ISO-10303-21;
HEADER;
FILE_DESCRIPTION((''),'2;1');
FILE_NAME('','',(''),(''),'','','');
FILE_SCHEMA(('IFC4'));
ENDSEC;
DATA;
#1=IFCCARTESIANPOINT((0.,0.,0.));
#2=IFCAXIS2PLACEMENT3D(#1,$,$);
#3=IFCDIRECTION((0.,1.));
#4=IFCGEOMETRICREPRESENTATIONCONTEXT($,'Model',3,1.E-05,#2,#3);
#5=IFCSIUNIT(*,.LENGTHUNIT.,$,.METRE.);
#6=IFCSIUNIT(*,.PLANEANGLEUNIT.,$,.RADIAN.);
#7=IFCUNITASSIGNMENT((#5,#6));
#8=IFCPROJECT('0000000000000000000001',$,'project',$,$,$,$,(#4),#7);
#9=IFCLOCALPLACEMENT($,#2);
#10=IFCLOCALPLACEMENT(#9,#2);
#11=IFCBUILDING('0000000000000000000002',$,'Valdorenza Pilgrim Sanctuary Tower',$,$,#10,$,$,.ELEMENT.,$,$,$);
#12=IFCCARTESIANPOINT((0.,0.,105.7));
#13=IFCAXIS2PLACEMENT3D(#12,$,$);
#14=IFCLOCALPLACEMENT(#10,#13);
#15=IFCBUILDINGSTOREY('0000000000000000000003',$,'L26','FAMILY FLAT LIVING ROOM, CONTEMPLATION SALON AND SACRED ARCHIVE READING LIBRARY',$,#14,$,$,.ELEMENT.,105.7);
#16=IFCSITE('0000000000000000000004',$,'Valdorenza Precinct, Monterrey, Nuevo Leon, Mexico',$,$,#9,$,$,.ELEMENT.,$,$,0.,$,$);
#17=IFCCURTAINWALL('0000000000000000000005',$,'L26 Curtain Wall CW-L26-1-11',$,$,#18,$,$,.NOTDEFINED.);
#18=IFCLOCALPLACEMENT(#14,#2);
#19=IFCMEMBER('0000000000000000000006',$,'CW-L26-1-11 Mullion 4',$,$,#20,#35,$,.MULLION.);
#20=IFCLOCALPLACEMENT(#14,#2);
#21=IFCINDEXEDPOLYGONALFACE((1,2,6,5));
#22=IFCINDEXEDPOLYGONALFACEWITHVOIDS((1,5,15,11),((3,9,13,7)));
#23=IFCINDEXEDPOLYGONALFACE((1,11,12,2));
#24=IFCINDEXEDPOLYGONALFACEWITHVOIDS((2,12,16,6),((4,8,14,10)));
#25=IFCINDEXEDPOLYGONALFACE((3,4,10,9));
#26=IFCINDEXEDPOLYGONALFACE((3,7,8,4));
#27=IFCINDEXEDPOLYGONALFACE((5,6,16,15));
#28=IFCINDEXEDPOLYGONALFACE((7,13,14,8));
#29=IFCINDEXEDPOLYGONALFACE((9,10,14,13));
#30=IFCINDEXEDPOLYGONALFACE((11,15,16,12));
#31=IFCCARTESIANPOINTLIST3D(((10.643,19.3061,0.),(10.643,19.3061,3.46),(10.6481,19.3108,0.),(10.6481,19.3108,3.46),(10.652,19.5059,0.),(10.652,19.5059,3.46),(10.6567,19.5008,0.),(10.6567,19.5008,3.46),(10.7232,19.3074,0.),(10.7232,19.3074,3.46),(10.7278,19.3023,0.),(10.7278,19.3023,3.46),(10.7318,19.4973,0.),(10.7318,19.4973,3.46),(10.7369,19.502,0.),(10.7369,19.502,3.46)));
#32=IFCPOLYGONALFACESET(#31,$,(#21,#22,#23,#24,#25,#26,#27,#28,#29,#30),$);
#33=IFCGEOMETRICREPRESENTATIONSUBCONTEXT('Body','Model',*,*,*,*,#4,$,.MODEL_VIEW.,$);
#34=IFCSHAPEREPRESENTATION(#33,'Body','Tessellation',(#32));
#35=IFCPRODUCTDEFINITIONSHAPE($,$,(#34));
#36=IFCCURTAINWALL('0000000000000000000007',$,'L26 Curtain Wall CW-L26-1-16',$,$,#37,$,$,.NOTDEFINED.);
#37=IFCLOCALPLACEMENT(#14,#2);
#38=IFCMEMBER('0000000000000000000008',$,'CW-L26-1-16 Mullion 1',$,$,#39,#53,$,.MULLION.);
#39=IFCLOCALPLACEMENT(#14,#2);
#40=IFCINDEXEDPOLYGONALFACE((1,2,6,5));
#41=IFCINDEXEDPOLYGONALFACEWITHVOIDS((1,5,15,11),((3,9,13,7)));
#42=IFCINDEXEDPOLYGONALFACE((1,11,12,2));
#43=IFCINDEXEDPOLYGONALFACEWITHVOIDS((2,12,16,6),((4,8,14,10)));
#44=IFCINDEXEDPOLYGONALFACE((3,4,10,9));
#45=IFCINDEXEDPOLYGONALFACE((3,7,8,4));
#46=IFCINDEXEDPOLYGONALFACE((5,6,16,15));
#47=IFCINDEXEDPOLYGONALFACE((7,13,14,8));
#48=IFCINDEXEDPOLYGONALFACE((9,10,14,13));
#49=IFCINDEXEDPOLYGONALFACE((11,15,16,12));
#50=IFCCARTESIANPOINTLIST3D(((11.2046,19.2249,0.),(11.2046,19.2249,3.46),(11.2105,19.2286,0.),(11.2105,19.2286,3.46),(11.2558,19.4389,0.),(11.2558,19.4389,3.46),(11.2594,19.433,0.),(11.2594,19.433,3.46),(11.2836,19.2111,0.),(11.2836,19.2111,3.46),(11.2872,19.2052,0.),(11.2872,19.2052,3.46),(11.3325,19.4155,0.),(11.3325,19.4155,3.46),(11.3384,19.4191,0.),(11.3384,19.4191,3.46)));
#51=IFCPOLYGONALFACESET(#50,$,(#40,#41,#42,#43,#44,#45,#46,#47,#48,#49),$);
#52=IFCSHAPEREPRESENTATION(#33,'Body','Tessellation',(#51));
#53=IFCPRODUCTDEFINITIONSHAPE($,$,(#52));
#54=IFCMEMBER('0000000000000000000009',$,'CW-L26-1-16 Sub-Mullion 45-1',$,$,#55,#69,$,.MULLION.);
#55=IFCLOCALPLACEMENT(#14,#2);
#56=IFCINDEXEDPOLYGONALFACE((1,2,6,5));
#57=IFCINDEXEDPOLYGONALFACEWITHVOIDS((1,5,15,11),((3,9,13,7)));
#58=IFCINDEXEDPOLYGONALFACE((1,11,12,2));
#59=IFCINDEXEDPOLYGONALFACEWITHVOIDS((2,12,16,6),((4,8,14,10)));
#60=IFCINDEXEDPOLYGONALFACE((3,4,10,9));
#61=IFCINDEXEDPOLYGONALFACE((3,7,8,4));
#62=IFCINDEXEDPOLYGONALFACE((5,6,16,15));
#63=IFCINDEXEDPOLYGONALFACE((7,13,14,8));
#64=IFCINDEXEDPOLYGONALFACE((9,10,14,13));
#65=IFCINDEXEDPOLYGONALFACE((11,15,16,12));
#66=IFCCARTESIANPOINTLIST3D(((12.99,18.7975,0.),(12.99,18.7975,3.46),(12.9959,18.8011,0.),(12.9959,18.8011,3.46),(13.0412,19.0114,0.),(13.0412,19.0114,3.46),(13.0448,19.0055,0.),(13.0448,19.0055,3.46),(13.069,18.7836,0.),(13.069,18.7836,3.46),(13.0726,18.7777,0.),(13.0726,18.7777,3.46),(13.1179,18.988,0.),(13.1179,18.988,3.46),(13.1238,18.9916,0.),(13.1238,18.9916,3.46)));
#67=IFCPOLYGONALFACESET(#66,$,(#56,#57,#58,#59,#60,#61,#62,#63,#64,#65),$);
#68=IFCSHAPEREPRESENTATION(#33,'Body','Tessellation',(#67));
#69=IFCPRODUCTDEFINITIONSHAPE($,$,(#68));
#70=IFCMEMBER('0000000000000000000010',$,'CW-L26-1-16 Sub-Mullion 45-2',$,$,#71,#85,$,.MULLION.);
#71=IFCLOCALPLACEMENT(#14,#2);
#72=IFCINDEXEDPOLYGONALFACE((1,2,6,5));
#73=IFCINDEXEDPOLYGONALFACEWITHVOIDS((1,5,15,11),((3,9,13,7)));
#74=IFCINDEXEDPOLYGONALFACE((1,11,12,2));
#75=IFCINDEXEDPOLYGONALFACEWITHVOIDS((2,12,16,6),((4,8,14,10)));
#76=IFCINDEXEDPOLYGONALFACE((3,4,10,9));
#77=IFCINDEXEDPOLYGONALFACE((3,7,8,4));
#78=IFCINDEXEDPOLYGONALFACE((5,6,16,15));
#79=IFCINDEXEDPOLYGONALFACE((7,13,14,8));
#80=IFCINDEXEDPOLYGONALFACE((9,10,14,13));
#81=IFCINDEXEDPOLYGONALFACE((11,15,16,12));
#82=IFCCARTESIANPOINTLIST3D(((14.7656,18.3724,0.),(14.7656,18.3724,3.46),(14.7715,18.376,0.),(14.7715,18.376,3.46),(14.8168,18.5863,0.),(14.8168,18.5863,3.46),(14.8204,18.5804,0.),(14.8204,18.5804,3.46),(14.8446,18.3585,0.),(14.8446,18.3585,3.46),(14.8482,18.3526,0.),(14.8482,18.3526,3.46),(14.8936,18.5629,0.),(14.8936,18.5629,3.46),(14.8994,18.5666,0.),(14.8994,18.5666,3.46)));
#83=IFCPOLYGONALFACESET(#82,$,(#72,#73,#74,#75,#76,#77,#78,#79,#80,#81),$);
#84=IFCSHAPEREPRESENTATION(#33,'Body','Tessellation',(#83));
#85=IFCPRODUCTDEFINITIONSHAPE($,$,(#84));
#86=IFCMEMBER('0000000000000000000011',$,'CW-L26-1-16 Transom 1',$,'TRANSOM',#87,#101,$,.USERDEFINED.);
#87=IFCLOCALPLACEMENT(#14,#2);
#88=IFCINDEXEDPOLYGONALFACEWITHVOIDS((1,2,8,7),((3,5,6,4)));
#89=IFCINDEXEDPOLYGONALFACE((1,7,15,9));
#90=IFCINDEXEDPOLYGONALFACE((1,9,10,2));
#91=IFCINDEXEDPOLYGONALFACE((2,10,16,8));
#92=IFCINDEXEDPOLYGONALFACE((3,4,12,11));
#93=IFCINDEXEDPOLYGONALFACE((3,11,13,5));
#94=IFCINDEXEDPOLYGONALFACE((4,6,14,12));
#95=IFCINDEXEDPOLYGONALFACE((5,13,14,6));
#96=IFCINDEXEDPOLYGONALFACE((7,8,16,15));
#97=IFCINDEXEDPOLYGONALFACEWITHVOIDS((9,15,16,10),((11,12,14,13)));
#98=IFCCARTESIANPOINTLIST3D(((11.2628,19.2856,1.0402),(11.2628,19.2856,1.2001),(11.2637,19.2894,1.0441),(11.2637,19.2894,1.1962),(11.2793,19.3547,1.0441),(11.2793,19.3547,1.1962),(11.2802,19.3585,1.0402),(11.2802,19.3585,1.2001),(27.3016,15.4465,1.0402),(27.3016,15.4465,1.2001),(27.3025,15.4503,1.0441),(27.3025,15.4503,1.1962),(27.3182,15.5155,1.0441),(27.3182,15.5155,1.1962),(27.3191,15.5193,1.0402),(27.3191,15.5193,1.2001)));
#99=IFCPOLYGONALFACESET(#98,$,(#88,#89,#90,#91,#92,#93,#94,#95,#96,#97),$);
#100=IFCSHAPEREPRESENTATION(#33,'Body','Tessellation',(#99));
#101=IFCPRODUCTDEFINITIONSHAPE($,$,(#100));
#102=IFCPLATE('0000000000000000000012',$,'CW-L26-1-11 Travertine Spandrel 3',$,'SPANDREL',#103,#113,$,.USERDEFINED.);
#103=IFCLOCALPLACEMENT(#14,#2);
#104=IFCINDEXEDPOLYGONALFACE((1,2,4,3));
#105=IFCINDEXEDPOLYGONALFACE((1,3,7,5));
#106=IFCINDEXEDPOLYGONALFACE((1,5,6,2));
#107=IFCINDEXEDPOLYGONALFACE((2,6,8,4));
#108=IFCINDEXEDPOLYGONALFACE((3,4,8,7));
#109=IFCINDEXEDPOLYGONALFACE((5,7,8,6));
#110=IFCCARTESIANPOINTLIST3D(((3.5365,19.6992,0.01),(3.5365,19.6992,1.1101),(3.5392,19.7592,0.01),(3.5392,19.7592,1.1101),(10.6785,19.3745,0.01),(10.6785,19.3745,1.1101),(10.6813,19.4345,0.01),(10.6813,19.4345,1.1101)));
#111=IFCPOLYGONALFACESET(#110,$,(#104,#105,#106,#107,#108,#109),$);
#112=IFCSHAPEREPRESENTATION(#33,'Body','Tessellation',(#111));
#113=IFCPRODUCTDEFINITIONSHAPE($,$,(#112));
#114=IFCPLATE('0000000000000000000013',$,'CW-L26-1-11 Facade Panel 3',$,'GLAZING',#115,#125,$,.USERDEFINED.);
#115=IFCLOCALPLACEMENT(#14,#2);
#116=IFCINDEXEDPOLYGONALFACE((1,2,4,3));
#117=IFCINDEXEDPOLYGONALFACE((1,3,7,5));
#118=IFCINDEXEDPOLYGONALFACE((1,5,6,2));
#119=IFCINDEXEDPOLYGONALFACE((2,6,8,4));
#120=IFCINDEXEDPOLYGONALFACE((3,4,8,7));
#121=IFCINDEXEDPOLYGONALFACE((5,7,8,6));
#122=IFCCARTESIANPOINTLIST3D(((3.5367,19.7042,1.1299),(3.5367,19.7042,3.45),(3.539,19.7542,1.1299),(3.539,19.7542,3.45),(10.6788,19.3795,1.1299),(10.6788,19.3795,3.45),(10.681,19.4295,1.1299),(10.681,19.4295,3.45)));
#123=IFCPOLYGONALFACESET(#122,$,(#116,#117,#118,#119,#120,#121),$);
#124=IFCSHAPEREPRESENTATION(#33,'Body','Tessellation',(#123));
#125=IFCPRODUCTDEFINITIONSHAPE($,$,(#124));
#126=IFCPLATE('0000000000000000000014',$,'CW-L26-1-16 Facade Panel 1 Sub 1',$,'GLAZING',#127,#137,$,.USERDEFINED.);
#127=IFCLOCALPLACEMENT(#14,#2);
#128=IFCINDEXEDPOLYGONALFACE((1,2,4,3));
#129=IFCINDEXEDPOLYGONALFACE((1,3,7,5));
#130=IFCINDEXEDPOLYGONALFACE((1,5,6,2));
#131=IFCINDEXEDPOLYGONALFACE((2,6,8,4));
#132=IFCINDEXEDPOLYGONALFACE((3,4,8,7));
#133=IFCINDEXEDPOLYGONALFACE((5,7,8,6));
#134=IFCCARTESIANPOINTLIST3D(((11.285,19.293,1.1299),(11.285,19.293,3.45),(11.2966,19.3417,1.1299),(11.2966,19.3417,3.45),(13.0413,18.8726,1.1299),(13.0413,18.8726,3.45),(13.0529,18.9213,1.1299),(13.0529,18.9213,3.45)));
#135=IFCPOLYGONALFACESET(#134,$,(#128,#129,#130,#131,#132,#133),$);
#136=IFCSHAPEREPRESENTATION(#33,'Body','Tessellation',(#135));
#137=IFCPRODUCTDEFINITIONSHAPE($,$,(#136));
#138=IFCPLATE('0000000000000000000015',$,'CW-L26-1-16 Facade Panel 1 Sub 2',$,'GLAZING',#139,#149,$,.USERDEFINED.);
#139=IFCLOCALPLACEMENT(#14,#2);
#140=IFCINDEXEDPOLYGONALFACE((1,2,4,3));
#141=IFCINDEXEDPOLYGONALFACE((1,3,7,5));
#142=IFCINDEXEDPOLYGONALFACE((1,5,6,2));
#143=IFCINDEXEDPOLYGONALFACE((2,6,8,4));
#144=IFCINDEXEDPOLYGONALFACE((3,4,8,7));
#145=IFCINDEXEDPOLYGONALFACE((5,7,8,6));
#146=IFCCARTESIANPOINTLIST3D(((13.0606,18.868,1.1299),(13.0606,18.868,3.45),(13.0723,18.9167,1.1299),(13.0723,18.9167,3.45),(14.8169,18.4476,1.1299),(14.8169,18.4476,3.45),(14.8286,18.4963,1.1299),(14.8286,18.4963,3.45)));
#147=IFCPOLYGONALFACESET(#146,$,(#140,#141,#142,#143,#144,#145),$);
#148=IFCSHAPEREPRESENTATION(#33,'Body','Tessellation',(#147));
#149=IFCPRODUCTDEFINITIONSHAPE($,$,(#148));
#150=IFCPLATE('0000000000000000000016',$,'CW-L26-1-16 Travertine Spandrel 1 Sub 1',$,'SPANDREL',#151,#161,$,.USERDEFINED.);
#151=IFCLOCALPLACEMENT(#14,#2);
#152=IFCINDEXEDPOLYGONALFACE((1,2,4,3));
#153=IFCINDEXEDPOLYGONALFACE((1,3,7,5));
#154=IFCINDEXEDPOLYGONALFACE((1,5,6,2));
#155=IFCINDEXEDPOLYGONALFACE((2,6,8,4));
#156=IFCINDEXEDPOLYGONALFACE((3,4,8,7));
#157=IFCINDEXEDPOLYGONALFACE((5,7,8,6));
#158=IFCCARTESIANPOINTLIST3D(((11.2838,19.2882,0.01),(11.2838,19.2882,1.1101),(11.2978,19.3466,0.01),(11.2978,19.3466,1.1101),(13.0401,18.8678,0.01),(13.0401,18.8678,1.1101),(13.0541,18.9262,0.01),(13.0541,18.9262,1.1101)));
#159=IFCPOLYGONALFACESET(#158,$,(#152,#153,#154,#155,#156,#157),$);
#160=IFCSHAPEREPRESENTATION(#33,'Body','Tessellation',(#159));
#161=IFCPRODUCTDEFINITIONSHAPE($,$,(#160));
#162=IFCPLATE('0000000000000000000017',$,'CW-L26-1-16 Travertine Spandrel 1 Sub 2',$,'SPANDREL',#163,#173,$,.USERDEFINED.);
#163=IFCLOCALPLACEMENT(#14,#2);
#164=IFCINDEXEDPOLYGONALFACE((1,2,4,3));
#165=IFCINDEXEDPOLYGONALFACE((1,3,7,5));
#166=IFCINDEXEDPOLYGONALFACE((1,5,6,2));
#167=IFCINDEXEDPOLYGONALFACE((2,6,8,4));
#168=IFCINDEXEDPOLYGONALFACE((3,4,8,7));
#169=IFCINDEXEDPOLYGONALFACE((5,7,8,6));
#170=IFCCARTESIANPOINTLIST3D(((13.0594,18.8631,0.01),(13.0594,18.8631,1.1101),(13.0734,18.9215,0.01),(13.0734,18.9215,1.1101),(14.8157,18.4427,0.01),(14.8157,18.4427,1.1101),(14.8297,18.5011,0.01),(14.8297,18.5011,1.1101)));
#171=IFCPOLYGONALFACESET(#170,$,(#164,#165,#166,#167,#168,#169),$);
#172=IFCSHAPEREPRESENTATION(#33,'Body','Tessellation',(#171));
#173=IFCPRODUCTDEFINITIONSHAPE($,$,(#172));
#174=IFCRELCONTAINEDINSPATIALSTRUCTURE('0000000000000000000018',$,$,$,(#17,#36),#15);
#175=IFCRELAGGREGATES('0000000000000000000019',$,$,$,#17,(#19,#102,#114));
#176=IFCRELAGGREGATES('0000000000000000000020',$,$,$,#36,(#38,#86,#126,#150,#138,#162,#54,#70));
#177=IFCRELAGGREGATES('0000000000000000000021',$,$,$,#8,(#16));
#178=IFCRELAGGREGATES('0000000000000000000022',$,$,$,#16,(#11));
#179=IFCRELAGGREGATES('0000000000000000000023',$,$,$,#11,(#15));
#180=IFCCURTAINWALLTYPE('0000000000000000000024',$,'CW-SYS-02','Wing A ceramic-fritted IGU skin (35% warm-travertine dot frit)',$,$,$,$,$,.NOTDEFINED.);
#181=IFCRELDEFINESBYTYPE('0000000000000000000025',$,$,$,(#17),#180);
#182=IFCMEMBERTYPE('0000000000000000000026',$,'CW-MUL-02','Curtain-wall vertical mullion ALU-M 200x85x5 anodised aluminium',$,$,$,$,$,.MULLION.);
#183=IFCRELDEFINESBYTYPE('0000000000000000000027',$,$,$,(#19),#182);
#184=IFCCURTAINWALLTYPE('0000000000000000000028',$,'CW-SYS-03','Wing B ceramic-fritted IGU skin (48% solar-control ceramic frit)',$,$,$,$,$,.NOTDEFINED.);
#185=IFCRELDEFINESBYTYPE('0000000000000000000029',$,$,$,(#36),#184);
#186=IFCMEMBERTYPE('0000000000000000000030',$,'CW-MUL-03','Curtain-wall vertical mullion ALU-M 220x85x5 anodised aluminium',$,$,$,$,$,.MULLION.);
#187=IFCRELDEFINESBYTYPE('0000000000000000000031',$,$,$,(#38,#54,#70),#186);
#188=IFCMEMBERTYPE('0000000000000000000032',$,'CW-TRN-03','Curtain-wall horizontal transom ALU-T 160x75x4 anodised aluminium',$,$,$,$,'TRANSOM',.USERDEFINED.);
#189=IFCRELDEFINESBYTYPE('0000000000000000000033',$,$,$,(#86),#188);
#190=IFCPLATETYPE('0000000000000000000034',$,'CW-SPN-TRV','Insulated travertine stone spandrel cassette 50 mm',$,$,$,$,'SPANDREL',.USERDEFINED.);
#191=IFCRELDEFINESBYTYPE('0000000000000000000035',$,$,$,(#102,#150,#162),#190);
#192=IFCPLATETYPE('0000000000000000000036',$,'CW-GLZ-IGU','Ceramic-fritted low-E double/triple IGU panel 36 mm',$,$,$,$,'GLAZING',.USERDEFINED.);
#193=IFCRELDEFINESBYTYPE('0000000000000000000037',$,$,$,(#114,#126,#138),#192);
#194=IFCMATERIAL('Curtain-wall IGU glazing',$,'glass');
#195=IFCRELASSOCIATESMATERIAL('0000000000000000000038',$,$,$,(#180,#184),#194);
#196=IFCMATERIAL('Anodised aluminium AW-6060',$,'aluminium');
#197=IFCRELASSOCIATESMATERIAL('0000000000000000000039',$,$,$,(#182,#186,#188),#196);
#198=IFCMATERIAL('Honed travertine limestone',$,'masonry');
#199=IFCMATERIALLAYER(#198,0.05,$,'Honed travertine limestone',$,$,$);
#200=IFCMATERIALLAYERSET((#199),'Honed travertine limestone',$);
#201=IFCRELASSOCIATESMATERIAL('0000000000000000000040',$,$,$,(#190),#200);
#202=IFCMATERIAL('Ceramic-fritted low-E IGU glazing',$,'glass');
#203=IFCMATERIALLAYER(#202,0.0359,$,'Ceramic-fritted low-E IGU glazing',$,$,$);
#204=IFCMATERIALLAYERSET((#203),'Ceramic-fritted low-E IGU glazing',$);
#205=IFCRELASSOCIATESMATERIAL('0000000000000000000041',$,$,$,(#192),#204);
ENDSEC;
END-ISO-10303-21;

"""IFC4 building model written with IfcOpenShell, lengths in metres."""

from ifc_helpers import new_model, si_unit, direction, frame, origin, origin_2d, place, context, subcontext, project, spatial, rectangle, hollow_rectangle, extrude, source, transform, mapped, material, layer, layer_set, material_profile, profile_set, type_object, element, aggregate, save


model = new_model("IFC4")

# Units and contexts
model_context = context("Model", 3, precision=1e-05, world=origin(), true_north=direction((0.0, 1.0)))
body_context = subcontext(model_context, "Body", "Model", "MODEL_VIEW")
ifc_project = project(units=[si_unit("LENGTHUNIT", "METRE"), si_unit("PLANEANGLEUNIT", "RADIAN")], contexts=[model_context])

# Site, building, storey
site_placement = place(None, origin())
site = spatial("IfcSite", under=ifc_project, at=site_placement, Name="Valdorenza Precinct, Monterrey, Nuevo Leon, Mexico", CompositionType="ELEMENT", RefElevation=0.0)
building_placement = place(site_placement, origin())
building = spatial("IfcBuilding", under=site, at=building_placement, Name="Valdorenza Pilgrim Sanctuary Tower", CompositionType="ELEMENT")
storey_placement = place(building_placement, frame((0.0, 0.0, 105.7)))
storey = spatial("IfcBuildingStorey", under=building, at=storey_placement, Name="L26", Description="FAMILY FLAT LIVING ROOM, CONTEMPLATION SALON AND SACRED ARCHIVE READING LIBRARY", CompositionType="ELEMENT", Elevation=105.7)

# Curtain wall, member
ifc_material_1 = material(Name="Curtain-wall IGU glazing", Category="glass")
curtain_wall_type_1 = type_object("IfcCurtainWallType", Name="CW-SYS-02", Description="Wing A ceramic-fritted IGU skin (35% warm-travertine dot frit)", PredefinedType="NOTDEFINED", material=ifc_material_1)
curtain_wall_1_placement = place(storey_placement, origin())
curtain_wall_1 = element("IfcCurtainWall", 1, at=curtain_wall_1_placement, inside=storey, type_object=curtain_wall_type_1, Name="L26 Curtain Wall CW-L26-1-11", PredefinedType="NOTDEFINED")
ifc_material_2 = material(Name="Anodised aluminium AW-6060", Category="aluminium")
ifc_material_profile_1 = material_profile(ifc_material_2, hollow_rectangle(XDim=0.085, YDim=0.2, WallThickness=0.0049, at=origin_2d()), Name="ALU-M 200x85x5")
ifc_profile_set_1 = profile_set([ifc_material_profile_1], Name="Anodised aluminium AW-6060")
member_type_1 = type_object("IfcMemberType", Name="CW-MUL-02", Description="Curtain-wall vertical mullion ALU-M 200x85x5 anodised aluminium", PredefinedType="MULLION", material=ifc_profile_set_1)
shared_shape_1 = source(origin(), body_context, "Body", "SweptSolid", [
    extrude(hollow_rectangle(XDim=0.085, YDim=0.2, WallThickness=0.0049, at=origin_2d()), origin(), (0.0, 0.0, 1.0), 3.46),
])
member_1_placement = place(storey_placement, frame((10.6899, 19.4041, 0.0), z_axis=(0.0, 0.0, 1.0), x_axis=(0.998968, -0.045415, 0.0)))
member_1 = element("IfcMember", 2, at=member_1_placement, type_object=member_type_1, Name="CW-L26-1-11 Mullion 4", PredefinedType="MULLION", context=body_context, shape_type="MappedRepresentation", body=[
    mapped(shared_shape_1, transform((0.0, 0.0, 0.0), x_axis=(1.0, 0.0, 0.0), y_axis=(0.0, 1.0, 0.0), z_axis=(0.0, 0.0, 1.0), scale=1.0)),
])

# Curtain wall, members
curtain_wall_type_2 = type_object("IfcCurtainWallType", Name="CW-SYS-03", Description="Wing B ceramic-fritted IGU skin (48% solar-control ceramic frit)", PredefinedType="NOTDEFINED", material=ifc_material_1)
curtain_wall_2_placement = place(storey_placement, origin())
curtain_wall_2 = element("IfcCurtainWall", 3, at=curtain_wall_2_placement, inside=storey, type_object=curtain_wall_type_2, Name="L26 Curtain Wall CW-L26-1-16", PredefinedType="NOTDEFINED")
ifc_material_profile_2 = material_profile(ifc_material_2, hollow_rectangle(XDim=0.085, YDim=0.22, WallThickness=0.0049, at=origin_2d()), Name="ALU-M 220x85x5")
ifc_profile_set_2 = profile_set([ifc_material_profile_2], Name="Anodised aluminium AW-6060")
member_type_2 = type_object("IfcMemberType", Name="CW-MUL-03", Description="Curtain-wall vertical mullion ALU-M 220x85x5 anodised aluminium", PredefinedType="MULLION", material=ifc_profile_set_2)
shared_shape_2 = source(origin(), body_context, "Body", "SweptSolid", [
    extrude(hollow_rectangle(XDim=0.085, YDim=0.22, WallThickness=0.0049, at=origin_2d()), origin(), (0.0, 0.0, 1.0), 3.46),
])
member_2_placement = place(storey_placement, frame((11.2715, 19.322, 0.0), z_axis=(0.0, 0.0, 1.0), x_axis=(0.972529, -0.232783, 0.0)))
member_2 = element("IfcMember", 4, at=member_2_placement, type_object=member_type_2, Name="CW-L26-1-16 Mullion 1", PredefinedType="MULLION", context=body_context, shape_type="MappedRepresentation", body=[
    mapped(shared_shape_2, transform((0.0, 0.0, 0.0), x_axis=(1.0, 0.0, 0.0), y_axis=(0.0, 1.0, 0.0), z_axis=(0.0, 0.0, 1.0), scale=1.0)),
])
member_3_placement = place(storey_placement, frame((13.0569, 18.8945, 0.0), z_axis=(0.0, 0.0, 1.0), x_axis=(0.972529, -0.232783, 0.0)))
member_3 = element("IfcMember", 5, at=member_3_placement, type_object=member_type_2, Name="CW-L26-1-16 Sub-Mullion 45-1", PredefinedType="MULLION", context=body_context, shape_type="MappedRepresentation", body=[
    mapped(shared_shape_2, transform((0.0, 0.0, 0.0), x_axis=(1.0, 0.0, 0.0), y_axis=(0.0, 1.0, 0.0), z_axis=(0.0, 0.0, 1.0), scale=1.0)),
])
member_4_placement = place(storey_placement, frame((14.8325, 18.4695, 0.0), z_axis=(0.0, 0.0, 1.0), x_axis=(0.972529, -0.232783, 0.0)))
member_4 = element("IfcMember", 6, at=member_4_placement, type_object=member_type_2, Name="CW-L26-1-16 Sub-Mullion 45-2", PredefinedType="MULLION", context=body_context, shape_type="MappedRepresentation", body=[
    mapped(shared_shape_2, transform((0.0, 0.0, 0.0), x_axis=(1.0, 0.0, 0.0), y_axis=(0.0, 1.0, 0.0), z_axis=(0.0, 0.0, 1.0), scale=1.0)),
])
ifc_material_profile_3 = material_profile(ifc_material_2, hollow_rectangle(XDim=0.075, YDim=0.1599, WallThickness=0.0039, at=origin_2d()), Name="ALU-T 160x75x4")
ifc_profile_set_3 = profile_set([ifc_material_profile_3], Name="Anodised aluminium AW-6060")
member_type_3 = type_object("IfcMemberType", Name="CW-TRN-03", Description="Curtain-wall horizontal transom ALU-T 160x75x4 anodised aluminium", ElementType="TRANSOM", PredefinedType="USERDEFINED", material=ifc_profile_set_3)
shared_shape_3 = source(origin(), body_context, "Body", "SweptSolid", [
    extrude(hollow_rectangle(XDim=0.075, YDim=0.1599, WallThickness=0.0039, at=origin_2d()), origin(), (0.0, 0.0, 1.0), 16.4919),
])
member_5_placement = place(storey_placement, frame((11.2715, 19.322, 1.1201), z_axis=(0.972528, -0.232788, 0.0), x_axis=(0.232788, 0.972528, 0.0)))
member_5 = element("IfcMember", 7, at=member_5_placement, type_object=member_type_3, Name="CW-L26-1-16 Transom 1", ObjectType="TRANSOM", PredefinedType="USERDEFINED", context=body_context, shape_type="MappedRepresentation", body=[
    mapped(shared_shape_3, transform((0.0, 0.0, 0.0), x_axis=(1.0, 0.0, 0.0), y_axis=(0.0, 1.0, 0.0), z_axis=(0.0, 0.0, 1.0), scale=1.0)),
])

# Plates
ifc_material_3 = material(Name="Honed travertine limestone", Category="masonry")
ifc_layer_1 = layer(ifc_material_3, 0.05, Name="Honed travertine limestone")
ifc_layer_set_1 = layer_set([ifc_layer_1], Name="Honed travertine limestone")
plate_type_1 = type_object("IfcPlateType", Name="CW-SPN-TRV", Description="Insulated travertine stone spandrel cassette 50 mm", ElementType="SPANDREL", PredefinedType="USERDEFINED", material=ifc_layer_set_1)
shared_shape_4 = source(origin(), body_context, "Body", "SweptSolid", [
    extrude(rectangle(XDim=7.1494, YDim=0.0601, at=origin_2d()), origin(), (0.0, 0.0, 1.0), 1.1001),
])
plate_1_placement = place(storey_placement, frame((7.1089, 19.5669, 0.01), z_axis=(0.0, 0.0, 1.0), x_axis=(0.998968, -0.045415, 0.0)))
plate_1 = element("IfcPlate", 8, at=plate_1_placement, type_object=plate_type_1, Name="CW-L26-1-11 Travertine Spandrel 3", ObjectType="SPANDREL", PredefinedType="USERDEFINED", context=body_context, shape_type="MappedRepresentation", body=[
    mapped(shared_shape_4, transform((0.0, 0.0, 0.0), x_axis=(1.0, 0.0, 0.0), y_axis=(0.0, 1.0, 0.0), z_axis=(0.0, 0.0, 1.0), scale=1.0)),
])
ifc_material_4 = material(Name="Ceramic-fritted low-E IGU glazing", Category="glass")
ifc_layer_2 = layer(ifc_material_4, 0.0359, Name="Ceramic-fritted low-E IGU glazing")
ifc_layer_set_2 = layer_set([ifc_layer_2], Name="Ceramic-fritted low-E IGU glazing")
plate_type_2 = type_object("IfcPlateType", Name="CW-GLZ-IGU", Description="Ceramic-fritted low-E double/triple IGU panel 36 mm", ElementType="GLAZING", PredefinedType="USERDEFINED", material=ifc_layer_set_2)
shared_shape_5 = source(origin(), body_context, "Body", "SweptSolid", [
    extrude(rectangle(XDim=7.1494, YDim=0.05, at=origin_2d()), origin(), (0.0, 0.0, 1.0), 2.3201),
])
plate_2_placement = place(storey_placement, frame((7.1089, 19.5669, 1.1299), z_axis=(0.0, 0.0, 1.0), x_axis=(0.998968, -0.045415, 0.0)))
plate_2 = element("IfcPlate", 9, at=plate_2_placement, type_object=plate_type_2, Name="CW-L26-1-11 Facade Panel 3", ObjectType="GLAZING", PredefinedType="USERDEFINED", context=body_context, shape_type="MappedRepresentation", body=[
    mapped(shared_shape_5, transform((0.0, 0.0, 0.0), x_axis=(1.0, 0.0, 0.0), y_axis=(0.0, 1.0, 0.0), z_axis=(0.0, 0.0, 1.0), scale=1.0)),
])
aggregate(curtain_wall_1, [member_1, plate_1, plate_2])
shared_shape_6 = source(origin(), body_context, "Body", "SweptSolid", [
    extrude(rectangle(XDim=1.8059, YDim=0.05, at=origin_2d()), origin(), (0.0, 0.0, 1.0), 2.3201),
])
plate_3_placement = place(storey_placement, frame((12.1689, 19.1072, 1.1299), z_axis=(0.0, 0.0, 1.0), x_axis=(0.972529, -0.232783, 0.0)))
plate_3 = element("IfcPlate", 10, at=plate_3_placement, type_object=plate_type_2, Name="CW-L26-1-16 Facade Panel 1 Sub 1", ObjectType="GLAZING", PredefinedType="USERDEFINED", context=body_context, shape_type="MappedRepresentation", body=[
    mapped(shared_shape_6, transform((0.0, 0.0, 0.0), x_axis=(1.0, 0.0, 0.0), y_axis=(0.0, 1.0, 0.0), z_axis=(0.0, 0.0, 1.0), scale=1.0)),
])
plate_4_placement = place(storey_placement, frame((13.9446, 18.6821, 1.1299), z_axis=(0.0, 0.0, 1.0), x_axis=(0.972529, -0.232783, 0.0)))
plate_4 = element("IfcPlate", 11, at=plate_4_placement, type_object=plate_type_2, Name="CW-L26-1-16 Facade Panel 1 Sub 2", ObjectType="GLAZING", PredefinedType="USERDEFINED", context=body_context, shape_type="MappedRepresentation", body=[
    mapped(shared_shape_6, transform((0.0, 0.0, 0.0), x_axis=(1.0, 0.0, 0.0), y_axis=(0.0, 1.0, 0.0), z_axis=(0.0, 0.0, 1.0), scale=1.0)),
])
shared_shape_7 = source(origin(), body_context, "Body", "SweptSolid", [
    extrude(rectangle(XDim=1.8059, YDim=0.0601, at=origin_2d()), origin(), (0.0, 0.0, 1.0), 1.1001),
])
plate_5_placement = place(storey_placement, frame((12.1689, 19.1072, 0.01), z_axis=(0.0, 0.0, 1.0), x_axis=(0.972529, -0.232783, 0.0)))
plate_5 = element("IfcPlate", 12, at=plate_5_placement, type_object=plate_type_1, Name="CW-L26-1-16 Travertine Spandrel 1 Sub 1", ObjectType="SPANDREL", PredefinedType="USERDEFINED", context=body_context, shape_type="MappedRepresentation", body=[
    mapped(shared_shape_7, transform((0.0, 0.0, 0.0), x_axis=(1.0, 0.0, 0.0), y_axis=(0.0, 1.0, 0.0), z_axis=(0.0, 0.0, 1.0), scale=1.0)),
])
plate_6_placement = place(storey_placement, frame((13.9446, 18.6821, 0.01), z_axis=(0.0, 0.0, 1.0), x_axis=(0.972529, -0.232783, 0.0)))
plate_6 = element("IfcPlate", 13, at=plate_6_placement, type_object=plate_type_1, Name="CW-L26-1-16 Travertine Spandrel 1 Sub 2", ObjectType="SPANDREL", PredefinedType="USERDEFINED", context=body_context, shape_type="MappedRepresentation", body=[
    mapped(shared_shape_7, transform((0.0, 0.0, 0.0), x_axis=(1.0, 0.0, 0.0), y_axis=(0.0, 1.0, 0.0), z_axis=(0.0, 0.0, 1.0), scale=1.0)),
])
aggregate(curtain_wall_2, [member_2, member_5, plate_3, plate_5, plate_4, plate_6, member_3, member_4])

save(model, "model.ifc")
